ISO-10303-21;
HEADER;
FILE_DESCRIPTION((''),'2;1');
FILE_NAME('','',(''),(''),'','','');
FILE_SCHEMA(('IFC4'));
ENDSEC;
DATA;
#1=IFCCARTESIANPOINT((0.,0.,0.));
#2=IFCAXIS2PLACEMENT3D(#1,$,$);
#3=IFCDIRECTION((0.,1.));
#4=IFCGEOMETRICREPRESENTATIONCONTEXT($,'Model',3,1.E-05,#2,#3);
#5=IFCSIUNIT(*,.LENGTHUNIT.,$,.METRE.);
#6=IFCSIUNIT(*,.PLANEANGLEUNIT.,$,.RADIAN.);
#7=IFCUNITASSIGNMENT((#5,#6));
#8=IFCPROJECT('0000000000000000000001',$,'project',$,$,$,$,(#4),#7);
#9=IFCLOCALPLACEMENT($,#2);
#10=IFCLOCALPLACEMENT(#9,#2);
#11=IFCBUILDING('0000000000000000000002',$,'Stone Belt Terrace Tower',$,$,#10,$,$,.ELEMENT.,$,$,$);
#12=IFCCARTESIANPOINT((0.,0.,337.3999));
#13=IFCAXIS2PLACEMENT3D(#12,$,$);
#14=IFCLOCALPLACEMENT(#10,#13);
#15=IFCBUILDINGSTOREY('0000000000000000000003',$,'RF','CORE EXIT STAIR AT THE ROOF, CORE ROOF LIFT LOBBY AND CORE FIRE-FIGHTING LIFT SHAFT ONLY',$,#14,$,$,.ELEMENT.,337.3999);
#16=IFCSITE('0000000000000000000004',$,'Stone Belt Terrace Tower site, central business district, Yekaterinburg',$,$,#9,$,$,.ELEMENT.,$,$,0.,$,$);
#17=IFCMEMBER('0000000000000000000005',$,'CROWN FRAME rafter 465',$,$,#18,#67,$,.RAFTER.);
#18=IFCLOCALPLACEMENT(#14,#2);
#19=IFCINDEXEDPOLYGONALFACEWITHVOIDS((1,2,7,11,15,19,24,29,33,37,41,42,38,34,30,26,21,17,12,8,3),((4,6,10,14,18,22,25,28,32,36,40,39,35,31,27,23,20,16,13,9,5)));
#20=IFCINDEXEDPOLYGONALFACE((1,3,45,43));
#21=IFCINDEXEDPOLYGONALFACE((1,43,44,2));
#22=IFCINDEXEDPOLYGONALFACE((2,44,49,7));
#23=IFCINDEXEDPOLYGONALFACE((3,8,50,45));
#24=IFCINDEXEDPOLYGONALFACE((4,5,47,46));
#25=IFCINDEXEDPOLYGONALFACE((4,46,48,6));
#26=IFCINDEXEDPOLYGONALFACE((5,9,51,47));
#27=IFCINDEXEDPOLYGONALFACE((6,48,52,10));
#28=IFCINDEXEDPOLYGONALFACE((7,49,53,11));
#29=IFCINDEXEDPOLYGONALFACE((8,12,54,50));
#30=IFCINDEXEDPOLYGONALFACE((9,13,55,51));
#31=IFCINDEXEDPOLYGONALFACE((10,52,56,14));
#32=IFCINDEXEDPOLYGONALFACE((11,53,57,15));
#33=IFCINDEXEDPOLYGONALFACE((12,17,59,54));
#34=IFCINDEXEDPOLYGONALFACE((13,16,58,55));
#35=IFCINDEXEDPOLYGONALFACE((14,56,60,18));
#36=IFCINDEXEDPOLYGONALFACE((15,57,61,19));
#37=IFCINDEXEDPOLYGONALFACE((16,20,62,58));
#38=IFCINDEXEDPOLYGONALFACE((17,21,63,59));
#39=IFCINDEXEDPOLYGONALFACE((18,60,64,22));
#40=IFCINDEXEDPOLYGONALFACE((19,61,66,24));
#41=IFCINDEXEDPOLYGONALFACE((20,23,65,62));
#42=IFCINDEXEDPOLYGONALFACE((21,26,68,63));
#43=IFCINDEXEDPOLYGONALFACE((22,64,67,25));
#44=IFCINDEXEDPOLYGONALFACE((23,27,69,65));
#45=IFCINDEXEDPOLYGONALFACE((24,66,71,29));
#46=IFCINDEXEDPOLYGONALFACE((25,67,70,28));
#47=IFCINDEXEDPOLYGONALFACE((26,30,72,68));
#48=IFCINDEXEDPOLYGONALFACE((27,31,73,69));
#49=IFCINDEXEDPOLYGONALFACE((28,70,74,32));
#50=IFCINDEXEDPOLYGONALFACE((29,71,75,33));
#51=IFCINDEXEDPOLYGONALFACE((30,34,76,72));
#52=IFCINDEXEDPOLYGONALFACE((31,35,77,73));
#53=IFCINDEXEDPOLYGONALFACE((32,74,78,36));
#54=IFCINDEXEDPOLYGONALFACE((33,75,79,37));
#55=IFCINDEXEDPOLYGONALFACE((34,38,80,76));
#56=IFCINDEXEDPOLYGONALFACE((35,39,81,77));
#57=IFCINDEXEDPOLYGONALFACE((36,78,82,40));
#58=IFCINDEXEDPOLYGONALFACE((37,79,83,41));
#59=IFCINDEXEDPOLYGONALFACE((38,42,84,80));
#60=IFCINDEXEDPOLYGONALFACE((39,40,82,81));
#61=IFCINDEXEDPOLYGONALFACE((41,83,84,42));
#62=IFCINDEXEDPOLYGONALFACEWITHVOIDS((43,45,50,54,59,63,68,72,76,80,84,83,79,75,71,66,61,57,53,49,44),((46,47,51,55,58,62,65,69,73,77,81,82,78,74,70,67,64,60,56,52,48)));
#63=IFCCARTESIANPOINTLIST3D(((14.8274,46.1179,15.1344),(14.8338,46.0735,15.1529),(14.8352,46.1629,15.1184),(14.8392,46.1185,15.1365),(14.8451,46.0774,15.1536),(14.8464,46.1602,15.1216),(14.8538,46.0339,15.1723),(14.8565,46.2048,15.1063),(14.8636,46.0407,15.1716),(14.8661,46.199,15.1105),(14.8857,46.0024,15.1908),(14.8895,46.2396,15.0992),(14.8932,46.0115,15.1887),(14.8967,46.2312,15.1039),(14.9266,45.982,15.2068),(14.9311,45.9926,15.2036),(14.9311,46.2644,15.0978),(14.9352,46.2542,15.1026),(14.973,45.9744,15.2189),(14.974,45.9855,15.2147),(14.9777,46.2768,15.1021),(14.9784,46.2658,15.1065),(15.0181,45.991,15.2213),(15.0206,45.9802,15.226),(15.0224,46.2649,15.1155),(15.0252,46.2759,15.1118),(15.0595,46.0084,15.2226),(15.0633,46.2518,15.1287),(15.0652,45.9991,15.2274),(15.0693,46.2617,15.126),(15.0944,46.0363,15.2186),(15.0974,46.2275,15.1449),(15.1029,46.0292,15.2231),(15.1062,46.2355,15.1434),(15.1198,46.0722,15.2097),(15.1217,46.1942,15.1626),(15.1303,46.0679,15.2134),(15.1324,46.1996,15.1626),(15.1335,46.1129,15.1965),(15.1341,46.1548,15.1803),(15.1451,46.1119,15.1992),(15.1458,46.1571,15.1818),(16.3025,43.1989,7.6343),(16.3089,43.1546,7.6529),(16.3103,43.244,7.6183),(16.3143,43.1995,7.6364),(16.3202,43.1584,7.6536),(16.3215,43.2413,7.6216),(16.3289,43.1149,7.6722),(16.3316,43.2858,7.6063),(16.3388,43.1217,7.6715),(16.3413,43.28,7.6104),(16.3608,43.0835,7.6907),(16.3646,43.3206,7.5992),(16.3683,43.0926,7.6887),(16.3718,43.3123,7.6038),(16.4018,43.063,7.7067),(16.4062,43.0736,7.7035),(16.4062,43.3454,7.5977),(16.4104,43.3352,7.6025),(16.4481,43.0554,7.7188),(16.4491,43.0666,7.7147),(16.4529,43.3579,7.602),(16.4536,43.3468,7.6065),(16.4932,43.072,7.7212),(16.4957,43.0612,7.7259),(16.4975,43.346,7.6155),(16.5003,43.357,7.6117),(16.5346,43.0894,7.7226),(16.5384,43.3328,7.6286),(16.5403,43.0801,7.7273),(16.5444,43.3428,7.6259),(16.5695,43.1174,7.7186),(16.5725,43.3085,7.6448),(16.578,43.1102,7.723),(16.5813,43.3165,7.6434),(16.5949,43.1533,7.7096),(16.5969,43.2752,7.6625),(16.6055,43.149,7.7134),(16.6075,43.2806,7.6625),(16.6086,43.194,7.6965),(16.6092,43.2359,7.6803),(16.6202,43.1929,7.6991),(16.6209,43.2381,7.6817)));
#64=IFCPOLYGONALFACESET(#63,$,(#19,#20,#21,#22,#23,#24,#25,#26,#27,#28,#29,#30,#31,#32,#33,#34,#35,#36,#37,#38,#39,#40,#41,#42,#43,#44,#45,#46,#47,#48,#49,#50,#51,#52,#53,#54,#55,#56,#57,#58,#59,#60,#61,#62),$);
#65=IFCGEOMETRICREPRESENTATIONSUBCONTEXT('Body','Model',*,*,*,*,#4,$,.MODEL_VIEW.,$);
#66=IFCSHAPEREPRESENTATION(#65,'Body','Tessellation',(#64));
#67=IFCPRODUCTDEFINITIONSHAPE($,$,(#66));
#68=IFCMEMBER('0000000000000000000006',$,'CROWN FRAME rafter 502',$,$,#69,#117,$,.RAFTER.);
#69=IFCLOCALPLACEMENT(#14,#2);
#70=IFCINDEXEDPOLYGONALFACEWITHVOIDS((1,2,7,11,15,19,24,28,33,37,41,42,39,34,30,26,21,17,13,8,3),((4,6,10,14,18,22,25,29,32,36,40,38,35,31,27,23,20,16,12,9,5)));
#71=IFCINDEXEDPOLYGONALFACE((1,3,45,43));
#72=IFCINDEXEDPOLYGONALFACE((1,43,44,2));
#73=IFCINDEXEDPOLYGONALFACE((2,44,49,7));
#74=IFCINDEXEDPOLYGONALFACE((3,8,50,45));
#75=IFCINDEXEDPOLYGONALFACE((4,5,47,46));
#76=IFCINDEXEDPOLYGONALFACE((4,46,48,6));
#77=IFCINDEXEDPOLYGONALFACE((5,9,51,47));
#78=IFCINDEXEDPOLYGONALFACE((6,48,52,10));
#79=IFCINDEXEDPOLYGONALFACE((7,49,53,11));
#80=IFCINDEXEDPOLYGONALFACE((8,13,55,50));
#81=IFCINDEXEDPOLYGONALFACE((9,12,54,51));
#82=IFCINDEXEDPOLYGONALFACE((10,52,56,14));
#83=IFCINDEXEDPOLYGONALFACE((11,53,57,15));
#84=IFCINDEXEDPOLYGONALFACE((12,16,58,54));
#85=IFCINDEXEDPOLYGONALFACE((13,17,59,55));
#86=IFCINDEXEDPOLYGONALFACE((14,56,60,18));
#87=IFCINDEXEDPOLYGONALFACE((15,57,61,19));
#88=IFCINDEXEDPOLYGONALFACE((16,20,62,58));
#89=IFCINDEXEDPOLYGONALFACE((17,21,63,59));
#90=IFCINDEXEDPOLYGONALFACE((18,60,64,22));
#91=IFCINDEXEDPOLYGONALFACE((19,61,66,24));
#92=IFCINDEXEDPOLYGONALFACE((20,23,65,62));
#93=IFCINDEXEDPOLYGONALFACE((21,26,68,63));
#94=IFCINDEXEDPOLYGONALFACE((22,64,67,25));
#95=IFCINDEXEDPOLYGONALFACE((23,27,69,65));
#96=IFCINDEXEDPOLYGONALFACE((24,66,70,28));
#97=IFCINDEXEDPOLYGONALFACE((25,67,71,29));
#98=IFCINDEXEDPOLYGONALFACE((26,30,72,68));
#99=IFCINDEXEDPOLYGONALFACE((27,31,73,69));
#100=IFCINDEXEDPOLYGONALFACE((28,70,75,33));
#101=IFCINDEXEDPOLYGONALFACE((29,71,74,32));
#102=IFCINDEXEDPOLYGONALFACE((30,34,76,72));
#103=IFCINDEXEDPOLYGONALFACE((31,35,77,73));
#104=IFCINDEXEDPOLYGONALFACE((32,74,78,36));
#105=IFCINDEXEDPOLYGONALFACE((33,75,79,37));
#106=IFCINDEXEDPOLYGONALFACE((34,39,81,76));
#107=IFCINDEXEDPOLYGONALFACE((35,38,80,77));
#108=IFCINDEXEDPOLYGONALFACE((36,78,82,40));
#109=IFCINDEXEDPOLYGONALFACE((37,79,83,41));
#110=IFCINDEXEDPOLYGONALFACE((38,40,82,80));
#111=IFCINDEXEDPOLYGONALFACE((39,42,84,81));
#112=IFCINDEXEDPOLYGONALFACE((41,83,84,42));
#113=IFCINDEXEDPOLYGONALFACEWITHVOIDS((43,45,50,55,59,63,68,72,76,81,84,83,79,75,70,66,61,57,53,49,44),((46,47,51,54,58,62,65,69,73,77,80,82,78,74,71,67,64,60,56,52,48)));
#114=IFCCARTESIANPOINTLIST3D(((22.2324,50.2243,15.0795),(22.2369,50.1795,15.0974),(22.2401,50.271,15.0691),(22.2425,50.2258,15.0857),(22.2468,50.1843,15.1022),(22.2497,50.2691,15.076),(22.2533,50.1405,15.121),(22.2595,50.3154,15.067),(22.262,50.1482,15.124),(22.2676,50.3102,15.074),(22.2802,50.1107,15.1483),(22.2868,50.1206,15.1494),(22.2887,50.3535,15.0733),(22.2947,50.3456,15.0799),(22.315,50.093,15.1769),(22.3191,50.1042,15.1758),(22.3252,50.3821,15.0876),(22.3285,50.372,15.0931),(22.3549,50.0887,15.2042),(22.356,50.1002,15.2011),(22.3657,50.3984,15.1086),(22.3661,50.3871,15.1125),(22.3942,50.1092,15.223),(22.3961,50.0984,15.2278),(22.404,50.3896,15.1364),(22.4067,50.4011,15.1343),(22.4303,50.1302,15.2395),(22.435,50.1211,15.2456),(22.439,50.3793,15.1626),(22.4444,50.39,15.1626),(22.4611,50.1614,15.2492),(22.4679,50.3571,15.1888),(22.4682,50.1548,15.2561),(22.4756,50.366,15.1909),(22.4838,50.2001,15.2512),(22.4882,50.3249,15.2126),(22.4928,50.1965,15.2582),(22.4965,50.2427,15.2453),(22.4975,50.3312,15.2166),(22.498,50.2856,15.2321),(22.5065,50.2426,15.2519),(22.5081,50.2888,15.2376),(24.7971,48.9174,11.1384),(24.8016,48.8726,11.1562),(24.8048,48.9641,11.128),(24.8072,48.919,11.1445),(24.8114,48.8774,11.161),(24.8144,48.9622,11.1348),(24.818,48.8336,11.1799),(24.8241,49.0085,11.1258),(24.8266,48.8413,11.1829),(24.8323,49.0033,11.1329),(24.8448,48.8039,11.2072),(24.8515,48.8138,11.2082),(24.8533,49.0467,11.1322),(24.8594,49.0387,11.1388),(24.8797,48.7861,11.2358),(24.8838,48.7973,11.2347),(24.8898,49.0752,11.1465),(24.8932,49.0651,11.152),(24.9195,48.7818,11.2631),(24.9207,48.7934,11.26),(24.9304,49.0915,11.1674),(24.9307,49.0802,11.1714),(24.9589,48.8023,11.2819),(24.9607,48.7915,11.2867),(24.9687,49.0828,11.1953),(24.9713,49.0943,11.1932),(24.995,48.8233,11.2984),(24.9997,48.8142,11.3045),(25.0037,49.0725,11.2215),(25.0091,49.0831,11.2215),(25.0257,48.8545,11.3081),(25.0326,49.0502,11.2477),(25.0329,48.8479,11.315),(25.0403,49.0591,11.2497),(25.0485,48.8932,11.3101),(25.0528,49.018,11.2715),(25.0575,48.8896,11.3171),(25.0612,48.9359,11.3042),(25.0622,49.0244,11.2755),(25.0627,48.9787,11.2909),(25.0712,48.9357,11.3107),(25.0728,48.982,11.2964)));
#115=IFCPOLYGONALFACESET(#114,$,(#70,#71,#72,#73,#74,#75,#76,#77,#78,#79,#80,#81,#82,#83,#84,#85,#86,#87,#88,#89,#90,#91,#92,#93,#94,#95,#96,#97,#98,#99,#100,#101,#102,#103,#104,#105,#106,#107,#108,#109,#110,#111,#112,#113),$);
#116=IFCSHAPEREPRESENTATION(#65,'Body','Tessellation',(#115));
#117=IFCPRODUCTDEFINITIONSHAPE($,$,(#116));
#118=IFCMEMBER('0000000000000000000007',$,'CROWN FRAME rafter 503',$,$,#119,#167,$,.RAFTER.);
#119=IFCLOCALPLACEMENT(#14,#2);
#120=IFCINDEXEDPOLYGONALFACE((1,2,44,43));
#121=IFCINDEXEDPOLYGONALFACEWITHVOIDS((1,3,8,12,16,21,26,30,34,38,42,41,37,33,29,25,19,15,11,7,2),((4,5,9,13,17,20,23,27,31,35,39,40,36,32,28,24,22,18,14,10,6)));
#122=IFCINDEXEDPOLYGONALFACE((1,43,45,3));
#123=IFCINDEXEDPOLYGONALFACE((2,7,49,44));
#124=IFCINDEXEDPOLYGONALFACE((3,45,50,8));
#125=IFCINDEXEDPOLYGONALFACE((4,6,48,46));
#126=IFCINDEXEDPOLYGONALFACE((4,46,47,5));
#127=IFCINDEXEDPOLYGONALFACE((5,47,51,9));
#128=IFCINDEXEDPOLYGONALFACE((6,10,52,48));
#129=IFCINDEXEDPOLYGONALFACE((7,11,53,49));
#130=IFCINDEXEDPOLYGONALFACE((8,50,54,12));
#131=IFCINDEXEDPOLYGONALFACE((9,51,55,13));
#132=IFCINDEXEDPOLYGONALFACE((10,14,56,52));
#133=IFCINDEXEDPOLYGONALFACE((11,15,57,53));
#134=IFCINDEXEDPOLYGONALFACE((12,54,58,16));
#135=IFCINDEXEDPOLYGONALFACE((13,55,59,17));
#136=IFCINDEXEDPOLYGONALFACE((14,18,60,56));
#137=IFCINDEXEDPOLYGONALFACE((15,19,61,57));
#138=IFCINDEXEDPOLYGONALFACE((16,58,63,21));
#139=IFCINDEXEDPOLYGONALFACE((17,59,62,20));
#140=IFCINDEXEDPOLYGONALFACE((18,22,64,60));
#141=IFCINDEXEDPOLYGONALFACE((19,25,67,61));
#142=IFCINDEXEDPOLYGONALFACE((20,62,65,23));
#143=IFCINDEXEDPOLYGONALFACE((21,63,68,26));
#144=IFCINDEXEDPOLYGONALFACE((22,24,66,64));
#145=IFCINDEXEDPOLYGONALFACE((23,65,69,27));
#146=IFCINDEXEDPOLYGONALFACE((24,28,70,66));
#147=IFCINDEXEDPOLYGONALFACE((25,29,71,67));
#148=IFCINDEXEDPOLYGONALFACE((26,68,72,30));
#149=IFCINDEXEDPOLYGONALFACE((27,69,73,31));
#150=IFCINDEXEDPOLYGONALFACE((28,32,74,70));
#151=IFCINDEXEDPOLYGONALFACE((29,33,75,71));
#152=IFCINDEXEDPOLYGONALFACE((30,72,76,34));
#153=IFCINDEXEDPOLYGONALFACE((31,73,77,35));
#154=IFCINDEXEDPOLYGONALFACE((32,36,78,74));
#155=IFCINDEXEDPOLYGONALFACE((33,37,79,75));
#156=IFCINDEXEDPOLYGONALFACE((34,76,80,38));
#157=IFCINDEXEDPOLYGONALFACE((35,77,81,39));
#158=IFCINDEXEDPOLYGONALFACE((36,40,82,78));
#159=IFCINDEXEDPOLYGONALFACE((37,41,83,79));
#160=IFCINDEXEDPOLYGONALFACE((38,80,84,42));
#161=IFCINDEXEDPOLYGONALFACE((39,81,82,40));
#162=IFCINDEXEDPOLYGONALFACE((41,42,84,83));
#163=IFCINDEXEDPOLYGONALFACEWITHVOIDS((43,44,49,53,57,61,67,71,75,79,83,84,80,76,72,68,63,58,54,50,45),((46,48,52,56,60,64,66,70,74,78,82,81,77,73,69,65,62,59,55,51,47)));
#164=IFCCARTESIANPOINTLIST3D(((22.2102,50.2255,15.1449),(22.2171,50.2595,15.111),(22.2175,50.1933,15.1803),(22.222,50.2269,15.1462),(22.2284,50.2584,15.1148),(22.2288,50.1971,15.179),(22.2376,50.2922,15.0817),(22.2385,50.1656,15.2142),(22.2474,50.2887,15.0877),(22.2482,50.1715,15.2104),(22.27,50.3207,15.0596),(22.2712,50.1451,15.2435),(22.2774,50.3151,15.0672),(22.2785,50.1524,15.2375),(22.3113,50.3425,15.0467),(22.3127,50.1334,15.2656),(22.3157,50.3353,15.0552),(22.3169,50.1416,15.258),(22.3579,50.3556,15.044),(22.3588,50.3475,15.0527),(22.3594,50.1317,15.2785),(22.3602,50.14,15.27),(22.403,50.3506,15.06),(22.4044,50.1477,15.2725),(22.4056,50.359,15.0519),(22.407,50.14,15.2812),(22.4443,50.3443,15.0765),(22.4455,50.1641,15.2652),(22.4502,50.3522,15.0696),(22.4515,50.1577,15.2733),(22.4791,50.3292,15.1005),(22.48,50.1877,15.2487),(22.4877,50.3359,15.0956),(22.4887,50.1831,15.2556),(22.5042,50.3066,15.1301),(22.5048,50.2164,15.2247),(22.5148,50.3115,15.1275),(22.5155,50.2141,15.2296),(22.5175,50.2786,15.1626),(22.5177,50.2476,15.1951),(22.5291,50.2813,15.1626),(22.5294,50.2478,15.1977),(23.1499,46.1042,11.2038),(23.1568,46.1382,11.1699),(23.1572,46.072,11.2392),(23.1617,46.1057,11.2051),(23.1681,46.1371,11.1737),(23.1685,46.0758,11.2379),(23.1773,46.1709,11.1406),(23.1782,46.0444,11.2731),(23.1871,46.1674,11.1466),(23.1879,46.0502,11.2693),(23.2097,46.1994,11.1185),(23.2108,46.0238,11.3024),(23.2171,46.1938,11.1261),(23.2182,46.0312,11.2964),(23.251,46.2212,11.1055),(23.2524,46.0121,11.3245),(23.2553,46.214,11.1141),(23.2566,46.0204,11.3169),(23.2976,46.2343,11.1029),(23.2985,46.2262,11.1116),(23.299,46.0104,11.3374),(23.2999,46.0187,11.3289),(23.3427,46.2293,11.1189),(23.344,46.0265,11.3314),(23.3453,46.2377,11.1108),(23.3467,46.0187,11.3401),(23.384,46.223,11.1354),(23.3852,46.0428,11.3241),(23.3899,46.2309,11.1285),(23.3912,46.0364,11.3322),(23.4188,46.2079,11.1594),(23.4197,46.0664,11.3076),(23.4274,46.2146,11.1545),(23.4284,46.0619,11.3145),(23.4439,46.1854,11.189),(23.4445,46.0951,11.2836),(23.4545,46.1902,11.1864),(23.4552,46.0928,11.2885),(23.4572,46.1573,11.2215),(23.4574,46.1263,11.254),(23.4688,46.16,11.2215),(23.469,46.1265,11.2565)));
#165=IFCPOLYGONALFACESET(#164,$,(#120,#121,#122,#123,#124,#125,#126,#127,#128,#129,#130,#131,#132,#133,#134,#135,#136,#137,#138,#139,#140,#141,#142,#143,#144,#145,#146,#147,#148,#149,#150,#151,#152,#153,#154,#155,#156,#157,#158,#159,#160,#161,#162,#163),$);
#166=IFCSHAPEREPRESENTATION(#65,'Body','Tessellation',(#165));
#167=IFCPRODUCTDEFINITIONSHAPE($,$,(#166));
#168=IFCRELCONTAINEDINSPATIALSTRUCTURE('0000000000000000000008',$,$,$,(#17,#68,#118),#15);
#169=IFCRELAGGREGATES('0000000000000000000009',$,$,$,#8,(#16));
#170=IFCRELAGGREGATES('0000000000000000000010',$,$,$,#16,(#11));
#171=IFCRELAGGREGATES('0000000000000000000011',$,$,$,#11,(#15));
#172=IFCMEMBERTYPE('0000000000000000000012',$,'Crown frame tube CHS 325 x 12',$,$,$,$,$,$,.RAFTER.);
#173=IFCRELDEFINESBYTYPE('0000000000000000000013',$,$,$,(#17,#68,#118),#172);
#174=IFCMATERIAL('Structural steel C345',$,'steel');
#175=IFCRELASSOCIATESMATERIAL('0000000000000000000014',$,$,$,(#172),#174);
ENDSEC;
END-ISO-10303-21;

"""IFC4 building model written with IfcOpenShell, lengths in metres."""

from ifc_helpers import new_model, si_unit, direction, frame, origin, origin_2d, place, context, subcontext, project, spatial, hollow_circle, extrude, material, material_profile, profile_set, type_object, element, save


model = new_model("IFC4")

# Units and contexts
model_context = context("Model", 3, precision=1e-05, world=origin(), true_north=direction((0.0, 1.0)))
body_context = subcontext(model_context, "Body", "Model", "MODEL_VIEW")
ifc_project = project(units=[si_unit("LENGTHUNIT", "METRE"), si_unit("PLANEANGLEUNIT", "RADIAN")], contexts=[model_context])

# Site, building, storey
site_placement = place(None, origin())
site = spatial("IfcSite", under=ifc_project, at=site_placement, Name="Stone Belt Terrace Tower site, central business district, Yekaterinburg", CompositionType="ELEMENT", RefElevation=0.0)
building_placement = place(site_placement, origin())
building = spatial("IfcBuilding", under=site, at=building_placement, Name="Stone Belt Terrace Tower", CompositionType="ELEMENT")
storey_placement = place(building_placement, frame((0.0, 0.0, 337.3999)))
storey = spatial("IfcBuildingStorey", under=building, at=storey_placement, Name="RF", Description="CORE EXIT STAIR AT THE ROOF, CORE ROOF LIFT LOBBY AND CORE FIRE-FIGHTING LIFT SHAFT ONLY", CompositionType="ELEMENT", Elevation=337.3999)

# Members
ifc_material_1 = material(Name="Structural steel C345", Category="steel")
ifc_material_profile_1 = material_profile(ifc_material_1, hollow_circle(Radius=0.1626, WallThickness=0.012, at=origin_2d()), Name="Structural steel C345 CHS 325x12")
ifc_profile_set_1 = profile_set([ifc_material_profile_1], Name="Structural steel C345")
member_type_1 = type_object("IfcMemberType", Name="Crown frame tube CHS 325 x 12", PredefinedType="RAFTER", material=ifc_profile_set_1)
member_1_placement = place(storey_placement, frame((14.9873, 46.1262, 15.1626), z_axis=(0.180284, -0.356749, -0.916639), x_axis=(0.892508, 0.451032, 0.0)))
element("IfcMember", 1, at=member_1_placement, inside=storey, type_object=member_type_1, Name="CROWN FRAME rafter 465", PredefinedType="RAFTER", context=body_context, shape_type="SweptSolid", body=[
    extrude(hollow_circle(Radius=0.1626, WallThickness=0.012, at=origin_2d()), origin(), (0.0, 0.0, 1.0), 8.1821),
])
member_2_placement = place(storey_placement, frame((22.3706, 50.2451, 15.1626), z_axis=(0.525509, -0.267782, -0.807548), x_axis=(0.45402, 0.890992, 0.0)))
element("IfcMember", 2, at=member_2_placement, inside=storey, type_object=member_type_1, Name="CROWN FRAME rafter 502", PredefinedType="RAFTER", context=body_context, shape_type="SweptSolid", body=[
    extrude(hollow_circle(Radius=0.1626, WallThickness=0.012, at=origin_2d()), origin(), (0.0, 0.0, 1.0), 4.8804),
])
member_3_placement = place(storey_placement, frame((22.3706, 50.2451, 15.1626), z_axis=(0.162595, -0.713111, -0.681935), x_axis=(0.974978, 0.222303, 0.0)))
element("IfcMember", 3, at=member_3_placement, inside=storey, type_object=member_type_1, Name="CROWN FRAME rafter 503", PredefinedType="RAFTER", context=body_context, shape_type="SweptSolid", body=[
    extrude(hollow_circle(Radius=0.1626, WallThickness=0.012, at=origin_2d()), origin(), (0.0, 0.0, 1.0), 5.7793),
])

save(model, "model.ifc")
